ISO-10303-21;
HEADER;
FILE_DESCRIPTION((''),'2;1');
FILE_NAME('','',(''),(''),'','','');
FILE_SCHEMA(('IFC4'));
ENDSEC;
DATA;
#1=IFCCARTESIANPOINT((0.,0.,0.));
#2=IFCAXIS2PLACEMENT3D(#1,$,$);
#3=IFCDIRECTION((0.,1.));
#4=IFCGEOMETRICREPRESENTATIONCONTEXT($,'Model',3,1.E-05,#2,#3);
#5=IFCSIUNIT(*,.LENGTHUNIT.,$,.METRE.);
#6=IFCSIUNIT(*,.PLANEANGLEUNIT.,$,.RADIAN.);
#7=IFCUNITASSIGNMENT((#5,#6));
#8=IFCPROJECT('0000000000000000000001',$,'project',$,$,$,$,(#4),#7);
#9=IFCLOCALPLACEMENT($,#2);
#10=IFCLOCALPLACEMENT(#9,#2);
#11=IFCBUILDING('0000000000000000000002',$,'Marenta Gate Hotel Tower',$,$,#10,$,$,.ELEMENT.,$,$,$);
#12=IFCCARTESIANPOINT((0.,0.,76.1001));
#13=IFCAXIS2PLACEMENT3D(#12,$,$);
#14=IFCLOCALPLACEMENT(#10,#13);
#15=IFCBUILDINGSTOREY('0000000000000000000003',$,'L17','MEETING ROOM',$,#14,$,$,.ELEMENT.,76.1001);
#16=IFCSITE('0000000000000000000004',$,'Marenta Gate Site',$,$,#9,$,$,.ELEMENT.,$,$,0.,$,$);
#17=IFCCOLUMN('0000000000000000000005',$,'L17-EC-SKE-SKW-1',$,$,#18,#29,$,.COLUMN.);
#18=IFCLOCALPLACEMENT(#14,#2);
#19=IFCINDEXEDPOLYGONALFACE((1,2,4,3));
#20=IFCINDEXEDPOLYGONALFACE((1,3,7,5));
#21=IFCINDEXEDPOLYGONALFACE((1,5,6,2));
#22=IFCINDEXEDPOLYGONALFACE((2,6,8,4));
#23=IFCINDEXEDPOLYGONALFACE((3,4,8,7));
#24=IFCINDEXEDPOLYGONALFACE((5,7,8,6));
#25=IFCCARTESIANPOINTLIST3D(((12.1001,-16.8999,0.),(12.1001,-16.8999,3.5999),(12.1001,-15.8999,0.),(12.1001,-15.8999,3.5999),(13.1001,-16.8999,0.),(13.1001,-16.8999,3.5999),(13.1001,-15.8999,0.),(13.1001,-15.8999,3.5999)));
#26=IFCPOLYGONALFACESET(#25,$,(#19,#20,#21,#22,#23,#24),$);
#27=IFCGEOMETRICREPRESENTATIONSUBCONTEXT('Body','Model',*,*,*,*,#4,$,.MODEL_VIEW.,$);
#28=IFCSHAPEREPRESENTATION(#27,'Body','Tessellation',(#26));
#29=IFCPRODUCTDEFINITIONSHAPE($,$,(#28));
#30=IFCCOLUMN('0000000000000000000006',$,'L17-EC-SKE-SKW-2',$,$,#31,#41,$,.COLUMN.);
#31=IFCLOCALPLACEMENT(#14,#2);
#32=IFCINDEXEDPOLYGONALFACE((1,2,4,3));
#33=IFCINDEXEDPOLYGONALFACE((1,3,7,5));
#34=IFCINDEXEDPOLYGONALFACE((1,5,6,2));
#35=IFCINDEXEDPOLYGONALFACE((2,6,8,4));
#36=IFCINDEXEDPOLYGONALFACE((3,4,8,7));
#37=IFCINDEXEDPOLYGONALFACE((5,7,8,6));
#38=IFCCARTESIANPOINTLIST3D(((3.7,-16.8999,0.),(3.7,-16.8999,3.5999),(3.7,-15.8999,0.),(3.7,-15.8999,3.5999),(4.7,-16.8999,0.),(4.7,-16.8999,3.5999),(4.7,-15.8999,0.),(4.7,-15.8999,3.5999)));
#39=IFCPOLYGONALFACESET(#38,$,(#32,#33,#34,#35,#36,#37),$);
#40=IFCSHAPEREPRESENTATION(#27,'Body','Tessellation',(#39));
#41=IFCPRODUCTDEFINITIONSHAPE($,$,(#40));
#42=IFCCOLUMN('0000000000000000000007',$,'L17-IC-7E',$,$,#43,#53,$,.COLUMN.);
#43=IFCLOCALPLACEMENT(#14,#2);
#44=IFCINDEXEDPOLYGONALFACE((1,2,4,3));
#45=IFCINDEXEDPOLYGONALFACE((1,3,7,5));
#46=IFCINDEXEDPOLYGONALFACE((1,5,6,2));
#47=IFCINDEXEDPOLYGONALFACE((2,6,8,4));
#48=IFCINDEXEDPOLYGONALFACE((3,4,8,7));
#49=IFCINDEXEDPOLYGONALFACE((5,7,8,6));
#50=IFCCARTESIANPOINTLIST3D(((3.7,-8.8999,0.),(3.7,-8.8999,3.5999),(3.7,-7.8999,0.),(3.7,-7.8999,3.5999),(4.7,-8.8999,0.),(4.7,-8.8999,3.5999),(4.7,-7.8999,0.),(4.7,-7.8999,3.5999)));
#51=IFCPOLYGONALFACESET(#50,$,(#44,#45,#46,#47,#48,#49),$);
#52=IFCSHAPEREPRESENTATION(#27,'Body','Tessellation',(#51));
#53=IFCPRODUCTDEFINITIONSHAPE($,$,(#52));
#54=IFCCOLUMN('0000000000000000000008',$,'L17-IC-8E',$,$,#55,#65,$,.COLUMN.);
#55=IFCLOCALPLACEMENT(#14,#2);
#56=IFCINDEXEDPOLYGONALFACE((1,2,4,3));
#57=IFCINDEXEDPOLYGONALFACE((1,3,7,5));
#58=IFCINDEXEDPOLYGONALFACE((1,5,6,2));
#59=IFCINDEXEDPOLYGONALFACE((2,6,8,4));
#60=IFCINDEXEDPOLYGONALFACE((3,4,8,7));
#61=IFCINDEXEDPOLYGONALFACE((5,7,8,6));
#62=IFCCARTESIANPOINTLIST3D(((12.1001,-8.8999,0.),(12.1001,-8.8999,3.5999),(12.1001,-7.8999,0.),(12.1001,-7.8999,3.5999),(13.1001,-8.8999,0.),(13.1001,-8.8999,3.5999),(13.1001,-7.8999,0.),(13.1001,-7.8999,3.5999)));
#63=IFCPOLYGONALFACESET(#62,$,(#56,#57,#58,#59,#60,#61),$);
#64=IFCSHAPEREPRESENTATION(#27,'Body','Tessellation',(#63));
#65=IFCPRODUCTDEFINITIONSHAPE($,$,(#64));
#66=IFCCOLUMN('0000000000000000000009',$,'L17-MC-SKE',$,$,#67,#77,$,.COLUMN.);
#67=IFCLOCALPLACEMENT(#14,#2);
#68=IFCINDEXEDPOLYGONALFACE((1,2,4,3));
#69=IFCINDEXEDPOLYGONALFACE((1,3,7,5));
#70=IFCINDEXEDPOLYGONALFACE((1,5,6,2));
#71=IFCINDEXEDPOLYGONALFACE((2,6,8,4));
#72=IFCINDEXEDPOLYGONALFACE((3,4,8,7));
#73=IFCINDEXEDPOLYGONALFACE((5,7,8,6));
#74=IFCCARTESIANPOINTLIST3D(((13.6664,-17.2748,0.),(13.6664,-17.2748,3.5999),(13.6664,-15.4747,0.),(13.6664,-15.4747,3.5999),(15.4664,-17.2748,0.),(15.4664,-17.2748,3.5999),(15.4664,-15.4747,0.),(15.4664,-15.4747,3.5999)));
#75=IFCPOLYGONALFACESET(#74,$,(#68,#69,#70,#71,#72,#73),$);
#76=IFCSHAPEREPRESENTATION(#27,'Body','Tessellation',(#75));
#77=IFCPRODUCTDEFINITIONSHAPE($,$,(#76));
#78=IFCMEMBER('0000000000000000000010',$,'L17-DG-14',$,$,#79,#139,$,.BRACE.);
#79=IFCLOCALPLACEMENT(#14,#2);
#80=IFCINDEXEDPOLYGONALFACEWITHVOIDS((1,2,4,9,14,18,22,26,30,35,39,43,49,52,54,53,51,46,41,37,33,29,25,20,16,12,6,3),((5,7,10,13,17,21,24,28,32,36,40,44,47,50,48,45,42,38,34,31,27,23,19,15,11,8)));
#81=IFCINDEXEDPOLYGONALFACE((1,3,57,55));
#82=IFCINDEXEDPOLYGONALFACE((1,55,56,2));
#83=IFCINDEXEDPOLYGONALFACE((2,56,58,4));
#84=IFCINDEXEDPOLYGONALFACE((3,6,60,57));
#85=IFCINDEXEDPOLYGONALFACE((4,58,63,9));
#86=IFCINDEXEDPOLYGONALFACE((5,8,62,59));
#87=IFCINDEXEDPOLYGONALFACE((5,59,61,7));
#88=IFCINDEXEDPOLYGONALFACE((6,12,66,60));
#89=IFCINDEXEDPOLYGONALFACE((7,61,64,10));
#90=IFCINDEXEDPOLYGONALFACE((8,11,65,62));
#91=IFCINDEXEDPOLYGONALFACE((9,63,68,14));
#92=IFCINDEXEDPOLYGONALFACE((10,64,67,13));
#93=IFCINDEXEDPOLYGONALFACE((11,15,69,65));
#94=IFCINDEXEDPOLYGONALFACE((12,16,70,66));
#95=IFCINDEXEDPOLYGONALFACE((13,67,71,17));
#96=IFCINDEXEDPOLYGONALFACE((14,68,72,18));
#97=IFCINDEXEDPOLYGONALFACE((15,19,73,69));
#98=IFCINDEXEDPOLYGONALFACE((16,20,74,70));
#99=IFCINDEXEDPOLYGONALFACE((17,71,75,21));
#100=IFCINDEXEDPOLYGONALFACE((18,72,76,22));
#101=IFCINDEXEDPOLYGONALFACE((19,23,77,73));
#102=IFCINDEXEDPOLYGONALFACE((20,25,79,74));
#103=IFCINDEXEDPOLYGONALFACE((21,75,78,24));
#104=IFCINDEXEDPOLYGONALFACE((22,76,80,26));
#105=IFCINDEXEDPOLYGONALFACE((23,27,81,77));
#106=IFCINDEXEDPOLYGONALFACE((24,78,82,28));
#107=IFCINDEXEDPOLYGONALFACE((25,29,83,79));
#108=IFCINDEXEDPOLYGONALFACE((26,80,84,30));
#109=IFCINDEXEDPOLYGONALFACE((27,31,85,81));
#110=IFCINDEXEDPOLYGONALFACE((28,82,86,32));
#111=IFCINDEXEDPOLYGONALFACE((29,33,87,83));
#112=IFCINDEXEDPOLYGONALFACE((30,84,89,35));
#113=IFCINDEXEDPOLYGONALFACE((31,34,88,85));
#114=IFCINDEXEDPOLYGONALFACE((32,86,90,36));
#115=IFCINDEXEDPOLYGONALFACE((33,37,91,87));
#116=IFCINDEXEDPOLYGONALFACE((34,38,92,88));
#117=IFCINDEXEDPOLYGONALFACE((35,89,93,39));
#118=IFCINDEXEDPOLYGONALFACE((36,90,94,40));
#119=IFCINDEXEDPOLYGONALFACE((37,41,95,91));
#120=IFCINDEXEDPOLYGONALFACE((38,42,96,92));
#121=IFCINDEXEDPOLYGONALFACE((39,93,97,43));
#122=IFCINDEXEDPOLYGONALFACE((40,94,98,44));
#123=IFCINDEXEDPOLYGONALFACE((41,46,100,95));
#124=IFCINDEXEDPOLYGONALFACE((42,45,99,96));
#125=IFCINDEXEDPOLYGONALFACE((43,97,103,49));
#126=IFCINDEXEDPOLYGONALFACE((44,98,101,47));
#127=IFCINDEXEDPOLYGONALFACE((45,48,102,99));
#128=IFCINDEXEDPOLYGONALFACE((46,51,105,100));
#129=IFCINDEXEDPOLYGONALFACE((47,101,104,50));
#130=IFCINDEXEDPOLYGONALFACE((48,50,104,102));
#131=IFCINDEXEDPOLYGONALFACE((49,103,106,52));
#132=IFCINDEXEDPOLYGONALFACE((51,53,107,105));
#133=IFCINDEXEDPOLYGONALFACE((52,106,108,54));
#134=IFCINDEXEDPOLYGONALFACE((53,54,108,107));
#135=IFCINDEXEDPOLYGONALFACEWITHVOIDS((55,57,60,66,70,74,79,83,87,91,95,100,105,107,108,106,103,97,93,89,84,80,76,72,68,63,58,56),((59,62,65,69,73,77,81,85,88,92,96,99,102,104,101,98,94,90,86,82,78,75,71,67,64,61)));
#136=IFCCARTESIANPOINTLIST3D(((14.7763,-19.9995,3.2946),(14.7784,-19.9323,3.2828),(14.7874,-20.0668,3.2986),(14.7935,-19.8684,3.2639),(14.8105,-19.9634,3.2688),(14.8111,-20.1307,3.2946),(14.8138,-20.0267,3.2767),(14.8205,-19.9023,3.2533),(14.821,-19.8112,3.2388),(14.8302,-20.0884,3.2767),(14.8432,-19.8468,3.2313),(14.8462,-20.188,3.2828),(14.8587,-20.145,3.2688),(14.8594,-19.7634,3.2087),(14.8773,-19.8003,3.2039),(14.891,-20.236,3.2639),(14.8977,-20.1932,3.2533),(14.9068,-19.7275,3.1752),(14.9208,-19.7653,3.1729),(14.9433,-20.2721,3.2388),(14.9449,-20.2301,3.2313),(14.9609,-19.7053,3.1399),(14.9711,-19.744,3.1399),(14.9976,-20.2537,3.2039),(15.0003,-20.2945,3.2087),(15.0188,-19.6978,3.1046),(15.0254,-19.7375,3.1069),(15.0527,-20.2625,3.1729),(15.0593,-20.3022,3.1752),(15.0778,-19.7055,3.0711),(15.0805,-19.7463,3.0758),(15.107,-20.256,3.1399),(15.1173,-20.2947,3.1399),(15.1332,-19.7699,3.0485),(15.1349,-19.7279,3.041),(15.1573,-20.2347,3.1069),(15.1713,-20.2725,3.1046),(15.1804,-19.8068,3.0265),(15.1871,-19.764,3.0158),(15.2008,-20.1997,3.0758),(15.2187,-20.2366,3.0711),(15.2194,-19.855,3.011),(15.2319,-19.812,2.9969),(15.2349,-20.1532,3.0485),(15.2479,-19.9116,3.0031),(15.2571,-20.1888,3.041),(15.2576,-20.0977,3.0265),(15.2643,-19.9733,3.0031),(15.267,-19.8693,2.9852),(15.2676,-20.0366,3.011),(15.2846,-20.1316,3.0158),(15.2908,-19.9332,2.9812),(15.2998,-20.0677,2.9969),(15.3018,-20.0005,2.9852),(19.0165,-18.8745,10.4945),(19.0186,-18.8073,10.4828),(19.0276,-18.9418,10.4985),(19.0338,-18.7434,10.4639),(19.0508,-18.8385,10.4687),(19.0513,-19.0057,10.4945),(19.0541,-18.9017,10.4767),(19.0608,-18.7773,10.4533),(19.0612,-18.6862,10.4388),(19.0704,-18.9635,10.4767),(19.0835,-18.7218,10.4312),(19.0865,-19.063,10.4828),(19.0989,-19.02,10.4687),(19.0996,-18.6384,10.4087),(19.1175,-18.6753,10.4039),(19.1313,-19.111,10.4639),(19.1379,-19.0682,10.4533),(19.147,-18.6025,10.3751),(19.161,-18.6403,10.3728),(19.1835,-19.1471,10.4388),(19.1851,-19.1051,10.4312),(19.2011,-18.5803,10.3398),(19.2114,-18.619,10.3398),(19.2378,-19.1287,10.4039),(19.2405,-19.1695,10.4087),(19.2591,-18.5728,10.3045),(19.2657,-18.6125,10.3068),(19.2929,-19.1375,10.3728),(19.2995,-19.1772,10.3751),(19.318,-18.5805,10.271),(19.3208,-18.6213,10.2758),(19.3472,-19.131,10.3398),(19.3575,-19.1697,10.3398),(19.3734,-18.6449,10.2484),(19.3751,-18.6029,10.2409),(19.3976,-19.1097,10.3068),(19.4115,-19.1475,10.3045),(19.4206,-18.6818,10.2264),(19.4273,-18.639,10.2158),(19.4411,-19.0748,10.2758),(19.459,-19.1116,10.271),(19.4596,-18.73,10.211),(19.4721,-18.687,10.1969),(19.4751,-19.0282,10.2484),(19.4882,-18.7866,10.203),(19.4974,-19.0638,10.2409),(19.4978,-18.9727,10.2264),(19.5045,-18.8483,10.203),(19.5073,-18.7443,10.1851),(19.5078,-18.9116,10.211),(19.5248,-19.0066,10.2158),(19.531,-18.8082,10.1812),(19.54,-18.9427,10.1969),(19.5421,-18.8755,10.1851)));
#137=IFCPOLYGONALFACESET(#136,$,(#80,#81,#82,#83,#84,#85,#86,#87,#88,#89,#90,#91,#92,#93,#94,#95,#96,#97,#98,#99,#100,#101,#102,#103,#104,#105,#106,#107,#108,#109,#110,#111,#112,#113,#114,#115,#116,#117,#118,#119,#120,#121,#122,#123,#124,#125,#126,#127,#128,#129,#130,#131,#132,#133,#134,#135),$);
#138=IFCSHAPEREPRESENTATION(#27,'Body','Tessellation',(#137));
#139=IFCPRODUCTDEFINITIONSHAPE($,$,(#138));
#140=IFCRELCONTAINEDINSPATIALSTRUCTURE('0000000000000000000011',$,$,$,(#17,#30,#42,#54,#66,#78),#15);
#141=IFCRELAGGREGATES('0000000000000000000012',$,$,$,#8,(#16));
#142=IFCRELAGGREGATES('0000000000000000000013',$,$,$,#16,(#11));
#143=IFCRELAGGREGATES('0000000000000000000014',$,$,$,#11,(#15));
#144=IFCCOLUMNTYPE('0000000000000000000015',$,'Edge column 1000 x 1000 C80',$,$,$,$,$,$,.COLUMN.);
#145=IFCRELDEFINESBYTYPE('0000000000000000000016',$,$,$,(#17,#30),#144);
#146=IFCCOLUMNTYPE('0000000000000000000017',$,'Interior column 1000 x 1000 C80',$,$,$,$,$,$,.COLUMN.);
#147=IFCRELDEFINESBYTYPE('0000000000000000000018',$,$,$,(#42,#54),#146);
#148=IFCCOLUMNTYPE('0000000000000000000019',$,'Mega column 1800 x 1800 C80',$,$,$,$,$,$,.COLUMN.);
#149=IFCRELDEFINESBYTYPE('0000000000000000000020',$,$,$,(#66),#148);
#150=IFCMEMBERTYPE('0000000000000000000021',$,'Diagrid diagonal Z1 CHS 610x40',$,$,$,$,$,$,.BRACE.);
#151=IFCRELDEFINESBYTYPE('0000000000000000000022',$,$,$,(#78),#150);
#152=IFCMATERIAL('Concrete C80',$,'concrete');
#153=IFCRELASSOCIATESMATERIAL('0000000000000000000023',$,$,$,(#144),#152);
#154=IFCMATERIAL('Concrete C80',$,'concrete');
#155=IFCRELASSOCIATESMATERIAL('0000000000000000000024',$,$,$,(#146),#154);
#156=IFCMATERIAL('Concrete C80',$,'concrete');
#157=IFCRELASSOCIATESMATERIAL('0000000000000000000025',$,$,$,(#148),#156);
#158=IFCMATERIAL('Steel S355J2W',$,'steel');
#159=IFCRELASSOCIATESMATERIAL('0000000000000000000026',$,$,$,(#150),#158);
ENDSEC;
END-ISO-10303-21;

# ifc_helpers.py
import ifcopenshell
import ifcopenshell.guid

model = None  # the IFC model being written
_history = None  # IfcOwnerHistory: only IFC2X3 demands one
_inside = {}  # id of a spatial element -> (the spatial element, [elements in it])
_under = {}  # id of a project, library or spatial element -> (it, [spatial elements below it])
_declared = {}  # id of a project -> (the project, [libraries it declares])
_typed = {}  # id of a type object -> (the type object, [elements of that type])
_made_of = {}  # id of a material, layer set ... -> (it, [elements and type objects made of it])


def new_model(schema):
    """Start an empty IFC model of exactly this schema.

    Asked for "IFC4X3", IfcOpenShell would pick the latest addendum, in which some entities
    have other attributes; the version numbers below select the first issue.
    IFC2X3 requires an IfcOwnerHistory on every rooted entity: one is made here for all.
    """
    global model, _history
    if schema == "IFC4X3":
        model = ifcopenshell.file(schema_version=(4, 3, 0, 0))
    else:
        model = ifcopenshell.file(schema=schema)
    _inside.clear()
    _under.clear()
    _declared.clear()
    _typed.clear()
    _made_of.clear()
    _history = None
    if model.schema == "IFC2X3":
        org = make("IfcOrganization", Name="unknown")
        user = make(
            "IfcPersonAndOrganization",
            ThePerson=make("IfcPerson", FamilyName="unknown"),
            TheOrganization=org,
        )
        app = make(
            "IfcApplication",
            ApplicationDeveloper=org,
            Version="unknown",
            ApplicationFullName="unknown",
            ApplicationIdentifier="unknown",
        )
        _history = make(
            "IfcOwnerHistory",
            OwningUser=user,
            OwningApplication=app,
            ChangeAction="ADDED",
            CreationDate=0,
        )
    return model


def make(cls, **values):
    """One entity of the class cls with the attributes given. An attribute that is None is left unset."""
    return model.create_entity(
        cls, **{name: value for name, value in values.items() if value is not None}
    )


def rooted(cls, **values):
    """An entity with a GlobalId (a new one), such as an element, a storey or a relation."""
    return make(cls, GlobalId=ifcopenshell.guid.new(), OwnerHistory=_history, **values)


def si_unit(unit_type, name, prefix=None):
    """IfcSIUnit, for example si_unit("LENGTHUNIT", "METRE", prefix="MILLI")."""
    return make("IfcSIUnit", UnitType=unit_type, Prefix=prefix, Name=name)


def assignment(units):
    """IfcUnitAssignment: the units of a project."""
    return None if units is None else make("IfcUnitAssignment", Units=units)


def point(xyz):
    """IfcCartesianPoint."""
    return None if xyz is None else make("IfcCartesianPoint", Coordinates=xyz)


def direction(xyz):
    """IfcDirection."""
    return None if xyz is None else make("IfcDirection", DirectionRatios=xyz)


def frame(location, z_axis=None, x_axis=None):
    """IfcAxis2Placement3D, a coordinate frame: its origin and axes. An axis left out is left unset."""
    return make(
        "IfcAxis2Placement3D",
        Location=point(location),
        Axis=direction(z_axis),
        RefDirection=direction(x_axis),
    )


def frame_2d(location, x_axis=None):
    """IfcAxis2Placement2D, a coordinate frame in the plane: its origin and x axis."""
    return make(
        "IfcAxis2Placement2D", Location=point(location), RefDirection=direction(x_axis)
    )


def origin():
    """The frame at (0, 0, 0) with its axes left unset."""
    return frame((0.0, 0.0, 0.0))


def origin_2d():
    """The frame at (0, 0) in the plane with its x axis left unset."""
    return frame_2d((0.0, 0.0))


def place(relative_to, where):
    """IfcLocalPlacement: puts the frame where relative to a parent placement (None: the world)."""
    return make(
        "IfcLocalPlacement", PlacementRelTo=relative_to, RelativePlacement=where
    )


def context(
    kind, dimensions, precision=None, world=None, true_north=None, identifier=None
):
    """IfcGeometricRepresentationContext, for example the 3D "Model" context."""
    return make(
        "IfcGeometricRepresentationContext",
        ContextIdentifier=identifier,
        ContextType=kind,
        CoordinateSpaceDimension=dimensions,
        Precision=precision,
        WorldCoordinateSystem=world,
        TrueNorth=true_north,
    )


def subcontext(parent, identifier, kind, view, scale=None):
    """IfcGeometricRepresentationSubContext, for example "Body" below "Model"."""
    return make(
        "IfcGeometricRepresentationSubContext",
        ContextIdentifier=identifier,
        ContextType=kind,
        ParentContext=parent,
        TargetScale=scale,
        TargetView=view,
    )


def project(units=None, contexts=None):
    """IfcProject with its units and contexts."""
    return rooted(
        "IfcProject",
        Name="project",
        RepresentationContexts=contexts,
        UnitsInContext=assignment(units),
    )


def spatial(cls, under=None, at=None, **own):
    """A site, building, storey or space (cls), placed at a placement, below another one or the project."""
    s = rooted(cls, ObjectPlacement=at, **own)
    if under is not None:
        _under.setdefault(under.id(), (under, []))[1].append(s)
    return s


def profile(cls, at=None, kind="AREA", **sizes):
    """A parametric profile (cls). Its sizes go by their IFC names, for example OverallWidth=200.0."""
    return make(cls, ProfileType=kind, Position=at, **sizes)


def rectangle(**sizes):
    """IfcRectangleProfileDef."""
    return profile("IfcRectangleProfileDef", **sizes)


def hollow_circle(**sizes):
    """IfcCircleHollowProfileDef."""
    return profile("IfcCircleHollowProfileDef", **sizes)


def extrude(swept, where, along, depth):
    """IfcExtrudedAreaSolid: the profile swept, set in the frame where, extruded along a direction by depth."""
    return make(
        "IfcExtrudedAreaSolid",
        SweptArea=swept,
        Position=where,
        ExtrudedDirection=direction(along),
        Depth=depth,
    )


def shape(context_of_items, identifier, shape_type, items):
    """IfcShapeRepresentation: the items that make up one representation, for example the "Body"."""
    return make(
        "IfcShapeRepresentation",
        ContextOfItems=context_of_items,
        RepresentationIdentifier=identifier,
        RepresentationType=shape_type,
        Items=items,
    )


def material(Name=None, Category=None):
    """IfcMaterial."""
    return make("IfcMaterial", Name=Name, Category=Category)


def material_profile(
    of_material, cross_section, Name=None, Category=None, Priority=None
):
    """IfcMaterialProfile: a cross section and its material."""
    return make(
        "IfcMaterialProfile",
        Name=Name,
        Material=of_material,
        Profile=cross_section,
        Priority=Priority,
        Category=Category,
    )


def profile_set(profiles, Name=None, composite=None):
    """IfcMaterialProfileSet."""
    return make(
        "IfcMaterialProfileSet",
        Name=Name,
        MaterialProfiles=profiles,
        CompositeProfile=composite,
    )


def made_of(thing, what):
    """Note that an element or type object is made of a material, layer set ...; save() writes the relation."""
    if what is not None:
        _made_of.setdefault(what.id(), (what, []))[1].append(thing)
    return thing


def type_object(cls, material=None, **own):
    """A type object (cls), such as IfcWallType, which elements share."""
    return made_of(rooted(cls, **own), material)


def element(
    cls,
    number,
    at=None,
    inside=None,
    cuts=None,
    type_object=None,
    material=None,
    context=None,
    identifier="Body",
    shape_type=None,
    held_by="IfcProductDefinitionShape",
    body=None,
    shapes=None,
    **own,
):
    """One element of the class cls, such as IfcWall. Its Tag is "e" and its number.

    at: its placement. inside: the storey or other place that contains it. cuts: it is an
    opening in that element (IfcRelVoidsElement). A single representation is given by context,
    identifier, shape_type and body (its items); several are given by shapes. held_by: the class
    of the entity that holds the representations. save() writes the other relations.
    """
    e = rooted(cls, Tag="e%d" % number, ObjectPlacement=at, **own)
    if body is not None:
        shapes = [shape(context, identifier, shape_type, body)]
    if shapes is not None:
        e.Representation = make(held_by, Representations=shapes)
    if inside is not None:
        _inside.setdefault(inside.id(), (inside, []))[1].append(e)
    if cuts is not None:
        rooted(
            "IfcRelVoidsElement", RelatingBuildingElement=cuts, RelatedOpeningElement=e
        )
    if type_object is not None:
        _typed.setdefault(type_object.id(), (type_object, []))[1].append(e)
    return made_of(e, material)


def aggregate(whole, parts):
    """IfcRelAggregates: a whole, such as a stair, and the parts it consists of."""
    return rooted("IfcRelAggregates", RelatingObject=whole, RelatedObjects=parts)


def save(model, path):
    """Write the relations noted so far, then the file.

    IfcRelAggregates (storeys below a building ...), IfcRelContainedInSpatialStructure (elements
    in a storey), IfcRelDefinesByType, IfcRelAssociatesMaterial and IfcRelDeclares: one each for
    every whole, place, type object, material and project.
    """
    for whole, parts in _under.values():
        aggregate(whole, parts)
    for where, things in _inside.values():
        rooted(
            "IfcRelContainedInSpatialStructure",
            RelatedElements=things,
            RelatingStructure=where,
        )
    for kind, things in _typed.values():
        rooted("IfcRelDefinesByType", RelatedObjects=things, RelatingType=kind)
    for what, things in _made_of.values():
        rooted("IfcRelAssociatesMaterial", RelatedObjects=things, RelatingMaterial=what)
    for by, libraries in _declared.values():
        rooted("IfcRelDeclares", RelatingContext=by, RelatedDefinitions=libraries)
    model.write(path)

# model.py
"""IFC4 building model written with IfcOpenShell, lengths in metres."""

from ifc_helpers import new_model, si_unit, direction, frame, origin, origin_2d, place, context, subcontext, project, spatial, rectangle, hollow_circle, extrude, material, material_profile, profile_set, type_object, element, save


model = new_model("IFC4")

# Units and contexts
model_context = context("Model", 3, precision=1e-05, world=origin(), true_north=direction((0.0, 1.0)))
body_context = subcontext(model_context, "Body", "Model", "MODEL_VIEW")
ifc_project = project(units=[si_unit("LENGTHUNIT", "METRE"), si_unit("PLANEANGLEUNIT", "RADIAN")], contexts=[model_context])

# Site, building, storey
site_placement = place(None, origin())
site = spatial("IfcSite", under=ifc_project, at=site_placement, Name="Marenta Gate Site", CompositionType="ELEMENT", RefElevation=0.0)
building_placement = place(site_placement, origin())
building = spatial("IfcBuilding", under=site, at=building_placement, Name="Marenta Gate Hotel Tower", CompositionType="ELEMENT")
storey_placement = place(building_placement, frame((0.0, 0.0, 76.1001)))
storey = spatial("IfcBuildingStorey", under=building, at=storey_placement, Name="L17", Description="MEETING ROOM", CompositionType="ELEMENT", Elevation=76.1001)

# Columns
ifc_material_1 = material(Name="Concrete C80", Category="concrete")
ifc_material_profile_1 = material_profile(ifc_material_1, rectangle(XDim=1.0, YDim=1.0, at=origin_2d()), Name="1000 x 1000")
ifc_profile_set_1 = profile_set([ifc_material_profile_1], Name="Concrete C80")
column_type_1 = type_object("IfcColumnType", Name="Edge column 1000 x 1000 C80", PredefinedType="COLUMN", material=ifc_profile_set_1)
for number, where, z_axis, x_axis, name in (
    (1, (12.6001, -16.3999, 0.0), (0.0, 0.0, 1.0), (1.0, 0.0, 0.0), "L17-EC-SKE-SKW-1"),
    (2, (4.2, -16.3999, 0.0), (0.0, 0.0, 1.0), (1.0, 0.0, 0.0), "L17-EC-SKE-SKW-2"),
):
    element("IfcColumn", number, at=place(storey_placement, frame(where, z_axis=z_axis, x_axis=x_axis)), inside=storey, type_object=column_type_1, Name=name, PredefinedType="COLUMN", context=body_context, shape_type="SweptSolid", body=[
        extrude(rectangle(XDim=1.0, YDim=1.0, at=origin_2d()), origin(), (0.0, 0.0, 1.0), 3.5999),
    ])
ifc_material_2 = material(Name="Concrete C80", Category="concrete")
ifc_material_profile_2 = material_profile(ifc_material_2, rectangle(XDim=1.0, YDim=1.0, at=origin_2d()), Name="1000 x 1000")
ifc_profile_set_2 = profile_set([ifc_material_profile_2], Name="Concrete C80")
column_type_2 = type_object("IfcColumnType", Name="Interior column 1000 x 1000 C80", PredefinedType="COLUMN", material=ifc_profile_set_2)
for number, where, z_axis, x_axis, name in (
    (3, (4.2, -8.3999, 0.0), (0.0, 0.0, 1.0), (1.0, 0.0, 0.0), "L17-IC-7E"),
    (4, (12.6001, -8.3999, 0.0), (0.0, 0.0, 1.0), (1.0, 0.0, 0.0), "L17-IC-8E"),
):
    element("IfcColumn", number, at=place(storey_placement, frame(where, z_axis=z_axis, x_axis=x_axis)), inside=storey, type_object=column_type_2, Name=name, PredefinedType="COLUMN", context=body_context, shape_type="SweptSolid", body=[
        extrude(rectangle(XDim=1.0, YDim=1.0, at=origin_2d()), origin(), (0.0, 0.0, 1.0), 3.5999),
    ])
ifc_material_3 = material(Name="Concrete C80", Category="concrete")
ifc_material_profile_3 = material_profile(ifc_material_3, rectangle(XDim=1.8, YDim=1.8, at=origin_2d()), Name="1800 x 1800")
ifc_profile_set_3 = profile_set([ifc_material_profile_3], Name="Concrete C80")
column_type_3 = type_object("IfcColumnType", Name="Mega column 1800 x 1800 C80", PredefinedType="COLUMN", material=ifc_profile_set_3)
column_placement = place(storey_placement, frame((14.5664, -16.3748, 0.0), z_axis=(0.0, 0.0, 1.0), x_axis=(1.0, 0.0, 0.0)))
element("IfcColumn", 5, at=column_placement, inside=storey, type_object=column_type_3, Name="L17-MC-SKE", PredefinedType="COLUMN", context=body_context, shape_type="SweptSolid", body=[
    extrude(rectangle(XDim=1.8, YDim=1.8, at=origin_2d()), origin(), (0.0, 0.0, 1.0), 3.5999),
])

# Member
ifc_material_4 = material(Name="Steel S355J2W", Category="steel")
ifc_material_profile_4 = material_profile(ifc_material_4, hollow_circle(Radius=0.3049, WallThickness=0.04, at=origin_2d()), Name="CHS 610x40")
ifc_profile_set_4 = profile_set([ifc_material_profile_4], Name="Steel S355J2W")
member_type_1 = type_object("IfcMemberType", Name="Diagrid diagonal Z1 CHS 610x40", PredefinedType="BRACE", material=ifc_profile_set_4)
member_1_placement = place(storey_placement, frame((15.0391, -20.0, 3.1399), z_axis=(0.502924, 0.133434, 0.853969), x_axis=(-0.256443, 0.966559, 0.0)))
element("IfcMember", 6, at=member_1_placement, inside=storey, type_object=member_type_1, Name="L17-DG-14", PredefinedType="BRACE", context=body_context, shape_type="SweptSolid", body=[
    extrude(hollow_circle(Radius=0.3049, WallThickness=0.04, at=origin_2d()), origin(), (0.0, 0.0, 1.0), 8.4312),
])

save(model, "model.ifc")
